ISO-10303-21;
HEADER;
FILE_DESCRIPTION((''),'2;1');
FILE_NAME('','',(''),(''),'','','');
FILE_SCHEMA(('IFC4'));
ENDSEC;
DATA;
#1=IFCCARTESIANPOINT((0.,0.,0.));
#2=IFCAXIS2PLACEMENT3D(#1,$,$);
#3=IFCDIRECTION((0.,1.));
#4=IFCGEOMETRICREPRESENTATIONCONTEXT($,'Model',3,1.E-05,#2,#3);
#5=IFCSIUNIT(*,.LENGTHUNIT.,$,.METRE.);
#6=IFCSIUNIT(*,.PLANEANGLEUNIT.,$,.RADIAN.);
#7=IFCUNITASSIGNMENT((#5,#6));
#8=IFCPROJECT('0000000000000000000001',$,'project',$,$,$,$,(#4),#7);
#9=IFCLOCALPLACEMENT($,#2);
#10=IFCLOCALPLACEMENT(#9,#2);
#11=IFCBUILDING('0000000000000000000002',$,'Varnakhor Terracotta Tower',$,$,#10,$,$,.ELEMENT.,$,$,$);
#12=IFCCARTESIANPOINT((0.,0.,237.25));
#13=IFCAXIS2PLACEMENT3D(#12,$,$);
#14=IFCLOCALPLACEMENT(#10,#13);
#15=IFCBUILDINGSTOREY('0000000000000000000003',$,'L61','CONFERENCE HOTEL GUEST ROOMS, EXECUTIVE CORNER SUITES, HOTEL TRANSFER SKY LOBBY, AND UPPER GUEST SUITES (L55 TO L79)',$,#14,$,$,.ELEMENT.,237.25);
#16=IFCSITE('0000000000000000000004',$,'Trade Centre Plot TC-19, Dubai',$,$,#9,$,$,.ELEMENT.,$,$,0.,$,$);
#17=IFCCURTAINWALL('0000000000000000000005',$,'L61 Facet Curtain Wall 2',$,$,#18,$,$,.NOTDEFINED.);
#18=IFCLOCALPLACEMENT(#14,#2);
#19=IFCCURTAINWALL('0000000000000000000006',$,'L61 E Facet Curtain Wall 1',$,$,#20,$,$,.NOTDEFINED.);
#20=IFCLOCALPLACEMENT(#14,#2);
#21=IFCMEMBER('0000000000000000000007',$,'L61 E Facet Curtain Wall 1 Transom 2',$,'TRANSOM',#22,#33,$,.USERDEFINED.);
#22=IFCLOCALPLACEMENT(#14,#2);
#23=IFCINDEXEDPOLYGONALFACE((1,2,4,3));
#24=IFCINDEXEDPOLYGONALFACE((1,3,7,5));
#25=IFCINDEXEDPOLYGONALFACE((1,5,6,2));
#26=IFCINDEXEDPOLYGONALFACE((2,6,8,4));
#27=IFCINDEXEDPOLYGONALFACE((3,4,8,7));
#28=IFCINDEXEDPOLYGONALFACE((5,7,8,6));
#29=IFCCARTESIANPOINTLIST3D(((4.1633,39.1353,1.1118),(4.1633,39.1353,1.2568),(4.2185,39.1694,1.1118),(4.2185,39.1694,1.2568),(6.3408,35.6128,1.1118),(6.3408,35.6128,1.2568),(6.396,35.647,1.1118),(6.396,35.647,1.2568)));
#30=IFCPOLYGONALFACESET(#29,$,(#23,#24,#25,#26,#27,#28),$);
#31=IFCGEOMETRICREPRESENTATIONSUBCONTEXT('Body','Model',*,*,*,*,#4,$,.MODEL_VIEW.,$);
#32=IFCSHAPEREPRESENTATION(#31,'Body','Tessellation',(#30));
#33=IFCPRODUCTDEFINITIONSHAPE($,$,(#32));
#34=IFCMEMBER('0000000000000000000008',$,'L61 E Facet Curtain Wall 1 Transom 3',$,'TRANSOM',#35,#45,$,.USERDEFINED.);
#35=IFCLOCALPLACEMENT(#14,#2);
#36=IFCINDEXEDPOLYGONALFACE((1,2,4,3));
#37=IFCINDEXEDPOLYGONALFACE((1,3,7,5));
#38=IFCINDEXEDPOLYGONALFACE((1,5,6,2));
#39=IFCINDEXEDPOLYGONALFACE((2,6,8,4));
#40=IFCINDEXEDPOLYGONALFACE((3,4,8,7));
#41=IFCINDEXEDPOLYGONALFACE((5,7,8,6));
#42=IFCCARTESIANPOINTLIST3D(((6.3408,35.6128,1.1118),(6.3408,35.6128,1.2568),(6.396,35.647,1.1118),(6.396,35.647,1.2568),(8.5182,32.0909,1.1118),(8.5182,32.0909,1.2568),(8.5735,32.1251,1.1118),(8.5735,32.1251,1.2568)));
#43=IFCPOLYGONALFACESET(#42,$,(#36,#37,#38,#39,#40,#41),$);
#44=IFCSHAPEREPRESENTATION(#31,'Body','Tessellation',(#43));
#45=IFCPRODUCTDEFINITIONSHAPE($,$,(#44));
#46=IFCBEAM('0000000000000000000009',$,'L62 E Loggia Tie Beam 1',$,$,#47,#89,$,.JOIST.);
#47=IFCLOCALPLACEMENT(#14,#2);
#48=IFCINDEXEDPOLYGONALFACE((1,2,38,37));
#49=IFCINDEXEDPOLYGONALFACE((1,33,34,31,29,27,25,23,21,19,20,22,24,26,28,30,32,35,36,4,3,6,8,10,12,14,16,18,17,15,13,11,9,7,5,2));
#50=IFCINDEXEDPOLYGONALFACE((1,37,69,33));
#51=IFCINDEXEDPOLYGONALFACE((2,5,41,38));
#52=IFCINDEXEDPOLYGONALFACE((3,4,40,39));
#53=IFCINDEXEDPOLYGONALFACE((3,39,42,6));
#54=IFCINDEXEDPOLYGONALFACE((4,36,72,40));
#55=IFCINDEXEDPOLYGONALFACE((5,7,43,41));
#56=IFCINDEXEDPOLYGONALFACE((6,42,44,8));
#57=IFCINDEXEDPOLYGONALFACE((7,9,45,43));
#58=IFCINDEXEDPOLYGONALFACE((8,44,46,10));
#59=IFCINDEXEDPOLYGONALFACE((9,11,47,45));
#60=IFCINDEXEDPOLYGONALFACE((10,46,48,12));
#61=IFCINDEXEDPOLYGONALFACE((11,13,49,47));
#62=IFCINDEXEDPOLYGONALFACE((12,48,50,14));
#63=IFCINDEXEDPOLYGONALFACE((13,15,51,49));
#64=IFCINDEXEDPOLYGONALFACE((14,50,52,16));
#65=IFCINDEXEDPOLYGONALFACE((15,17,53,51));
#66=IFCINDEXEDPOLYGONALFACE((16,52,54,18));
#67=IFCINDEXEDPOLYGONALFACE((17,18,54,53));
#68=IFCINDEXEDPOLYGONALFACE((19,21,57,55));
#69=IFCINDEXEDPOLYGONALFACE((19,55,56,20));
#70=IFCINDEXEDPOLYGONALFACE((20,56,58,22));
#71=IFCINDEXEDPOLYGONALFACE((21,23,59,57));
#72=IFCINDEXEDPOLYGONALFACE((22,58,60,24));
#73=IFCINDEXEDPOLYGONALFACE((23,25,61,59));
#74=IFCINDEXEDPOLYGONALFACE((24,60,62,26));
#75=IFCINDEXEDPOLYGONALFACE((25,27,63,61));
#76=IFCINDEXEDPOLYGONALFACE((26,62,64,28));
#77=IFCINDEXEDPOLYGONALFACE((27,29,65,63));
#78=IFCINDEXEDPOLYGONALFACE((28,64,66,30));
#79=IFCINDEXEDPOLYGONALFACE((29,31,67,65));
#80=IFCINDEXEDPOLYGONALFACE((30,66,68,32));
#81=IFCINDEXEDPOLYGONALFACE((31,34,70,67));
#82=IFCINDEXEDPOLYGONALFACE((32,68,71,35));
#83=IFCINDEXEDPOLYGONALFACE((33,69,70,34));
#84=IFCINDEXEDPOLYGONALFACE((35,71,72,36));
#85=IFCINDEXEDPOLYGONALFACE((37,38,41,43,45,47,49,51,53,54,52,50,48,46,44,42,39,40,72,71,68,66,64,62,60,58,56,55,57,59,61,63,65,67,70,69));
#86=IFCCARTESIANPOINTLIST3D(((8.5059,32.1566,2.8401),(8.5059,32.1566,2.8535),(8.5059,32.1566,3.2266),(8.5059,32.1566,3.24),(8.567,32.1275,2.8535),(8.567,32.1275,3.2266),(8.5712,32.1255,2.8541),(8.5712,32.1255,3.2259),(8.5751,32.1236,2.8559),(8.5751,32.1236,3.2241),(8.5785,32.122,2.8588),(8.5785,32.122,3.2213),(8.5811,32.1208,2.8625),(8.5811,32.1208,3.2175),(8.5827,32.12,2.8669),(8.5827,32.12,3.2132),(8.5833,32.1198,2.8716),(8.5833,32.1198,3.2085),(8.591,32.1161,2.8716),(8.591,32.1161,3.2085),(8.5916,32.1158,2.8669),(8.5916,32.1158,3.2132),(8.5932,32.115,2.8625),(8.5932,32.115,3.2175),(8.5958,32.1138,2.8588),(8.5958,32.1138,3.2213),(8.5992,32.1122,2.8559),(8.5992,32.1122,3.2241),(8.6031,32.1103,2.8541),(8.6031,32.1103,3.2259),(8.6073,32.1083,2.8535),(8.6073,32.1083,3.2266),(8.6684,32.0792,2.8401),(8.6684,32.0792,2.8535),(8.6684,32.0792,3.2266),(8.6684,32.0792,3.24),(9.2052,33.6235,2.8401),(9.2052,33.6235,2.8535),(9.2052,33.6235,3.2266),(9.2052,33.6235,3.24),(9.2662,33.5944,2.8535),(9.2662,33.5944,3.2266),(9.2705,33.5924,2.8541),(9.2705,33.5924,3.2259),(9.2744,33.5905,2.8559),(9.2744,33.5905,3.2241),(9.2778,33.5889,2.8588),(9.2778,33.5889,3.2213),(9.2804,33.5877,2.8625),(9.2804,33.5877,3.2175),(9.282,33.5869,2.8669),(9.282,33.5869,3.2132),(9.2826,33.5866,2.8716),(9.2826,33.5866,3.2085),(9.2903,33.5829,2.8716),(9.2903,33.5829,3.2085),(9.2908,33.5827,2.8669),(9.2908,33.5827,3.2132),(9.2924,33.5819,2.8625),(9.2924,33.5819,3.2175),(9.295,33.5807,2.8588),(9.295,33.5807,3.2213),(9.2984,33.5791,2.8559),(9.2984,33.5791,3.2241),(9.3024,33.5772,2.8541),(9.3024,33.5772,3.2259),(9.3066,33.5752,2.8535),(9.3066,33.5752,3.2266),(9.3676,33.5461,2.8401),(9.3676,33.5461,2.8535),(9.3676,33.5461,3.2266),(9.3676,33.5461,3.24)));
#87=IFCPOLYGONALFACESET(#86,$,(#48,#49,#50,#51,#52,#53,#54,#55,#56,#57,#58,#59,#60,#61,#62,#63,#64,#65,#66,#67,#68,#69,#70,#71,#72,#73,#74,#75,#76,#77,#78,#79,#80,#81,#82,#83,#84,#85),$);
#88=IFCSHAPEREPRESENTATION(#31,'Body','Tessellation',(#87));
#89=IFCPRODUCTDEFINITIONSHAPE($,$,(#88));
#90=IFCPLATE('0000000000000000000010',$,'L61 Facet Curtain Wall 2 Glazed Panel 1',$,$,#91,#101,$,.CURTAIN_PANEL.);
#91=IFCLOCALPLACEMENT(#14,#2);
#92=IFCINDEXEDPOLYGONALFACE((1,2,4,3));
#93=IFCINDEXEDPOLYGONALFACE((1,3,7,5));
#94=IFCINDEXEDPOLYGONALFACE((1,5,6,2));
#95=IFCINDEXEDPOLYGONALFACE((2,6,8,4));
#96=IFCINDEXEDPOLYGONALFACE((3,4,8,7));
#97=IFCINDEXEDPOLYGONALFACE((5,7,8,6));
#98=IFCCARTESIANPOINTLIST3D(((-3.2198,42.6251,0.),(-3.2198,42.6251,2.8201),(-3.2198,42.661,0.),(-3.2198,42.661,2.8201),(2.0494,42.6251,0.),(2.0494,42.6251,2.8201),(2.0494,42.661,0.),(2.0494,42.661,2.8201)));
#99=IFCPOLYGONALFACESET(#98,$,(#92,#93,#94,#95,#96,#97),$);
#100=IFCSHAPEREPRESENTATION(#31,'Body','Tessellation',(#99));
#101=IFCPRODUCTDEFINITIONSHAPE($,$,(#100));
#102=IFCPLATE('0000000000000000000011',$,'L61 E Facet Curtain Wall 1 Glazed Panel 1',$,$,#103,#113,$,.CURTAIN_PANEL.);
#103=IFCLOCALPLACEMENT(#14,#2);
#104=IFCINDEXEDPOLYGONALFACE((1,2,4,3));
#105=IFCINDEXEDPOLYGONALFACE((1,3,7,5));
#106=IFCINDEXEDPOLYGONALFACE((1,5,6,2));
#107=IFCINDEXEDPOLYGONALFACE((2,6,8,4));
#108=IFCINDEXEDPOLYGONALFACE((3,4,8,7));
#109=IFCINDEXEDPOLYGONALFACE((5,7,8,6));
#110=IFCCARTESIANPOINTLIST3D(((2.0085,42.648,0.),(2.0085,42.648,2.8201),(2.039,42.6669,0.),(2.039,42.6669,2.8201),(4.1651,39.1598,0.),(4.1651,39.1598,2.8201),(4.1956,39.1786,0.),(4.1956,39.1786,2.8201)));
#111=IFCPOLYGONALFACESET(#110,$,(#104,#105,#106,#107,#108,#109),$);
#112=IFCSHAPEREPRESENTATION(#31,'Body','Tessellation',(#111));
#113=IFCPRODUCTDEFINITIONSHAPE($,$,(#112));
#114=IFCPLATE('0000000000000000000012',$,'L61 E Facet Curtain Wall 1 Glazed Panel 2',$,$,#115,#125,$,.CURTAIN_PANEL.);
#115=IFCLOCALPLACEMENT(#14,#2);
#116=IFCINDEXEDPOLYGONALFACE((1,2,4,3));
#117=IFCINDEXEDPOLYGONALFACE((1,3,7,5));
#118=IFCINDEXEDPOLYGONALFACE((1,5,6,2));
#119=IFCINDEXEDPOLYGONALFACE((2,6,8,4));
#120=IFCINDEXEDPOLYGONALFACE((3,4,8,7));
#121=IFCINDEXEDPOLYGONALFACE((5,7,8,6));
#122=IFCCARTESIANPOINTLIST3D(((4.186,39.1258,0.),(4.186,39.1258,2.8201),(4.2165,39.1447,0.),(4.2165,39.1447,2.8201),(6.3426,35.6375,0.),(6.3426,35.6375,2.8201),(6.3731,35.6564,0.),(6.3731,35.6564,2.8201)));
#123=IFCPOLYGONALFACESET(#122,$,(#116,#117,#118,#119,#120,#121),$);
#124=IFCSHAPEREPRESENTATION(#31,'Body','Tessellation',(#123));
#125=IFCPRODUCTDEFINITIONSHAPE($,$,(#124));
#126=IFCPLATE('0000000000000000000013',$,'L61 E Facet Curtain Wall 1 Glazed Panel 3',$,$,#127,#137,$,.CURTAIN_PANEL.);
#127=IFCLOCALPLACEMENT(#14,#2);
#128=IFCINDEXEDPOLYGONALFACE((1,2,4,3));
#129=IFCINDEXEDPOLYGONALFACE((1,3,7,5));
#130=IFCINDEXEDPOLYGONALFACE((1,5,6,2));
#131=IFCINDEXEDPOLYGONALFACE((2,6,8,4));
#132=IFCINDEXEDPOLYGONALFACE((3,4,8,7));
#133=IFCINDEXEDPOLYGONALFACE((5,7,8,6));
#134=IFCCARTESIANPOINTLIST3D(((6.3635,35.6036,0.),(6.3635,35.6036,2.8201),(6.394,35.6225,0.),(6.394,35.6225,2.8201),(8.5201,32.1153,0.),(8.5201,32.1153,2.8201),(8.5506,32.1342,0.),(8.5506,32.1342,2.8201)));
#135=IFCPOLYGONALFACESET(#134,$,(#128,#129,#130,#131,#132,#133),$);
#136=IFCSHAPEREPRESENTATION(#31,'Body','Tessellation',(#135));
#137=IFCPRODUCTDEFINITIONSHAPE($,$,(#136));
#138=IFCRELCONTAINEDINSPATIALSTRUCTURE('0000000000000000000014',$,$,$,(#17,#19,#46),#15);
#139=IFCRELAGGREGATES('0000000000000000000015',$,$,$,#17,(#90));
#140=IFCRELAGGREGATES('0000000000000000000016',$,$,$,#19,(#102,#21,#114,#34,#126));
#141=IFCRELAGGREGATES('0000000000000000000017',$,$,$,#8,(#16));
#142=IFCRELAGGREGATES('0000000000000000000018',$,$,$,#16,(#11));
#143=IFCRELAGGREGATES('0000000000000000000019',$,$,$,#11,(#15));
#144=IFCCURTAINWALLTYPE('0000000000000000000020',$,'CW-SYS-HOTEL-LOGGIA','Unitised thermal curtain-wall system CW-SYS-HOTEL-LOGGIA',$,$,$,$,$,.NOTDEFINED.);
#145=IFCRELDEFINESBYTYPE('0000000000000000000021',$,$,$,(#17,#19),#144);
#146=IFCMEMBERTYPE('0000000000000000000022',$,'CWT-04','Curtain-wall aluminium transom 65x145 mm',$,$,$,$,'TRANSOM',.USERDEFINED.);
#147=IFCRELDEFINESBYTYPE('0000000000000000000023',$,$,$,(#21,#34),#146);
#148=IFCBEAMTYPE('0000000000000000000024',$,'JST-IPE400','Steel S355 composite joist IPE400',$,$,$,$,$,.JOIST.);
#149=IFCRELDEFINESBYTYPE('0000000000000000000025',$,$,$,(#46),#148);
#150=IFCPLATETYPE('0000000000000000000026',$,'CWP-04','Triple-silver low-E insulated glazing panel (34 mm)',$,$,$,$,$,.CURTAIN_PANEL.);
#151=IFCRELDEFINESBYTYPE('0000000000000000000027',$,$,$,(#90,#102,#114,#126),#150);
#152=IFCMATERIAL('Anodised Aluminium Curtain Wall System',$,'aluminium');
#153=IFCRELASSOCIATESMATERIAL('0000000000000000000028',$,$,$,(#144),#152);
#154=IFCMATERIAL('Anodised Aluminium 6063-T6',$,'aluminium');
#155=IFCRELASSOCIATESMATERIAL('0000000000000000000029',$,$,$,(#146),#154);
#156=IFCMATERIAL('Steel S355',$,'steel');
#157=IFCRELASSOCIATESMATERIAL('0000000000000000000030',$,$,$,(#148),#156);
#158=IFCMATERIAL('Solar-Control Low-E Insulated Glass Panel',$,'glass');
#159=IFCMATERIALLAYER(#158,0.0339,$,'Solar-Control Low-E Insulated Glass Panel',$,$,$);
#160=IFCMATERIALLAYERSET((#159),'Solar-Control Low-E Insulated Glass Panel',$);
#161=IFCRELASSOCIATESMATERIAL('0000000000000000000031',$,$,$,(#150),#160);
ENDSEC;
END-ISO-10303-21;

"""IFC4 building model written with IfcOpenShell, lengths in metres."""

from ifc_helpers import new_model, si_unit, direction, frame, origin, origin_2d, place, context, subcontext, project, spatial, rectangle, i_section, extrude, source, transform, mapped, material, layer, layer_set, material_profile, profile_set, type_object, element, aggregate, save


model = new_model("IFC4")

# Units and contexts
model_context = context("Model", 3, precision=1e-05, world=origin(), true_north=direction((0.0, 1.0)))
body_context = subcontext(model_context, "Body", "Model", "MODEL_VIEW")
ifc_project = project(units=[si_unit("LENGTHUNIT", "METRE"), si_unit("PLANEANGLEUNIT", "RADIAN")], contexts=[model_context])

# Site, building, storey
site_placement = place(None, origin())
site = spatial("IfcSite", under=ifc_project, at=site_placement, Name="Trade Centre Plot TC-19, Dubai", CompositionType="ELEMENT", RefElevation=0.0)
building_placement = place(site_placement, origin())
building = spatial("IfcBuilding", under=site, at=building_placement, Name="Varnakhor Terracotta Tower", CompositionType="ELEMENT")
storey_placement = place(building_placement, frame((0.0, 0.0, 237.25)))
storey = spatial("IfcBuildingStorey", under=building, at=storey_placement, Name="L61", Description="CONFERENCE HOTEL GUEST ROOMS, EXECUTIVE CORNER SUITES, HOTEL TRANSFER SKY LOBBY, AND UPPER GUEST SUITES (L55 TO L79)", CompositionType="ELEMENT", Elevation=237.25)

# Shared definitions
ifc_material_1 = material(Name="Steel S355", Category="steel")

# Curtain wall
ifc_material_2 = material(Name="Anodised Aluminium Curtain Wall System", Category="aluminium")
curtain_wall_type = type_object("IfcCurtainWallType", Name="CW-SYS-HOTEL-LOGGIA", Description="Unitised thermal curtain-wall system CW-SYS-HOTEL-LOGGIA", PredefinedType="NOTDEFINED", material=ifc_material_2)
curtain_wall_1_placement = place(storey_placement, origin())
curtain_wall_1 = element("IfcCurtainWall", 1, at=curtain_wall_1_placement, inside=storey, type_object=curtain_wall_type, Name="L61 Facet Curtain Wall 2", PredefinedType="NOTDEFINED")
ifc_material_3 = material(Name="Anodised Aluminium 6063-T6", Category="aluminium")

# Curtain wall
curtain_wall_2_placement = place(storey_placement, origin())
curtain_wall_2 = element("IfcCurtainWall", 2, at=curtain_wall_2_placement, inside=storey, type_object=curtain_wall_type, Name="L61 E Facet Curtain Wall 1", PredefinedType="NOTDEFINED")

# Members
ifc_material_profile_1 = material_profile(ifc_material_3, rectangle(XDim=0.0649, YDim=0.145, at=origin_2d()), Name="ALU TRANSOM 65x145")
ifc_profile_set_1 = profile_set([ifc_material_profile_1], Name="Anodised Aluminium 6063-T6")
member_type_1 = type_object("IfcMemberType", Name="CWT-04", Description="Curtain-wall aluminium transom 65x145 mm", ElementType="TRANSOM", PredefinedType="USERDEFINED", material=ifc_profile_set_1)
shared_shape_1 = source(origin(), body_context, "Body", "SweptSolid", [
    extrude(rectangle(XDim=0.0649, YDim=0.145, at=origin_2d()), origin(), (0.0, 0.0, 1.0), 4.1411),
])
member_1_placement = place(storey_placement, frame((4.1909, 39.1523, 1.1843), z_axis=(0.525817, -0.850598, 0.0), x_axis=(0.850598, 0.525817, 0.0)))
member_1 = element("IfcMember", 3, at=member_1_placement, type_object=member_type_1, Name="L61 E Facet Curtain Wall 1 Transom 2", ObjectType="TRANSOM", PredefinedType="USERDEFINED", context=body_context, shape_type="MappedRepresentation", body=[
    mapped(shared_shape_1, transform((0.0, 0.0, 0.0), scale=1.0)),
])
shared_shape_2 = source(origin(), body_context, "Body", "SweptSolid", [
    extrude(rectangle(XDim=0.0649, YDim=0.145, at=origin_2d()), origin(), (0.0, 0.0, 1.0), 4.1406),
])
member_2_placement = place(storey_placement, frame((6.3684, 35.6299, 1.1843), z_axis=(0.525869, -0.850565, 0.0), x_axis=(0.850565, 0.525869, 0.0)))
member_2 = element("IfcMember", 4, at=member_2_placement, type_object=member_type_1, Name="L61 E Facet Curtain Wall 1 Transom 3", ObjectType="TRANSOM", PredefinedType="USERDEFINED", context=body_context, shape_type="MappedRepresentation", body=[
    mapped(shared_shape_2, transform((0.0, 0.0, 0.0), scale=1.0)),
])

# Beam
ifc_material_profile_2 = material_profile(ifc_material_1, i_section(OverallWidth=0.1799, OverallDepth=0.3999, WebThickness=0.0085, FlangeThickness=0.0134, FilletRadius=0.0181, at=origin_2d()), Name="IPE400")
ifc_profile_set_2 = profile_set([ifc_material_profile_2], Name="Steel S355")
beam_type_1 = type_object("IfcBeamType", Name="JST-IPE400", Description="Steel S355 composite joist IPE400", PredefinedType="JOIST", material=ifc_profile_set_2)
shared_shape_3 = source(origin(), body_context, "Body", "SweptSolid", [
    extrude(i_section(OverallWidth=0.1799, OverallDepth=0.3999, WebThickness=0.0085, FlangeThickness=0.0134, FilletRadius=0.0181, at=origin_2d()), origin(), (0.0, 0.0, 1.0), 1.625),
])
beam_1_placement = place(storey_placement, frame((8.5872, 32.1179, 3.04), z_axis=(0.430307, 0.902683, 0.0), x_axis=(-0.902683, 0.430307, 0.0)))
element("IfcBeam", 5, at=beam_1_placement, inside=storey, type_object=beam_type_1, Name="L62 E Loggia Tie Beam 1", PredefinedType="JOIST", context=body_context, shape_type="MappedRepresentation", body=[
    mapped(shared_shape_3, transform((0.0, 0.0, 0.0), scale=1.0)),
])

# Plates
ifc_material_4 = material(Name="Solar-Control Low-E Insulated Glass Panel", Category="glass")
ifc_layer_1 = layer(ifc_material_4, 0.0339, Name="Solar-Control Low-E Insulated Glass Panel")
ifc_layer_set_1 = layer_set([ifc_layer_1], Name="Solar-Control Low-E Insulated Glass Panel")
plate_type = type_object("IfcPlateType", Name="CWP-04", Description="Triple-silver low-E insulated glazing panel (34 mm)", PredefinedType="CURTAIN_PANEL", material=ifc_layer_set_1)
shared_shape_4 = source(origin(), body_context, "Body", "SweptSolid", [
    extrude(rectangle(XDim=5.2693, YDim=0.0359, at=origin_2d()), origin(), (0.0, 0.0, 1.0), 2.8201),
])
plate_1_placement = place(storey_placement, frame((-0.5852, 42.6431, 0.0), z_axis=(0.0, 0.0, 1.0), x_axis=(1.0, 0.0, 0.0)))
plate_1 = element("IfcPlate", 6, at=plate_1_placement, type_object=plate_type, Name="L61 Facet Curtain Wall 2 Glazed Panel 1", PredefinedType="CURTAIN_PANEL", context=body_context, shape_type="MappedRepresentation", body=[
    mapped(shared_shape_4, transform((0.0, 0.0, 0.0), scale=1.0)),
])
aggregate(curtain_wall_1, [plate_1])
shared_shape_5 = source(origin(), body_context, "Body", "SweptSolid", [
    extrude(rectangle(XDim=4.1011, YDim=0.0359, at=origin_2d()), origin(), (0.0, 0.0, 1.0), 2.8201),
])
plate_2_placement = place(storey_placement, frame((3.1021, 40.9133, 0.0), z_axis=(0.0, 0.0, 1.0), x_axis=(0.525858, -0.850573, 0.0)))
plate_2 = element("IfcPlate", 7, at=plate_2_placement, type_object=plate_type, Name="L61 E Facet Curtain Wall 1 Glazed Panel 1", PredefinedType="CURTAIN_PANEL", context=body_context, shape_type="MappedRepresentation", body=[
    mapped(shared_shape_5, transform((0.0, 0.0, 0.0), scale=1.0)),
])
plate_3_placement = place(storey_placement, frame((5.2795, 37.3911, 0.0), z_axis=(0.0, 0.0, 1.0), x_axis=(0.525858, -0.850573, 0.0)))
plate_3 = element("IfcPlate", 8, at=plate_3_placement, type_object=plate_type, Name="L61 E Facet Curtain Wall 1 Glazed Panel 2", PredefinedType="CURTAIN_PANEL", context=body_context, shape_type="MappedRepresentation", body=[
    mapped(shared_shape_5, transform((0.0, 0.0, 0.0), scale=1.0)),
])
plate_4_placement = place(storey_placement, frame((7.457, 33.8689, 0.0), z_axis=(0.0, 0.0, 1.0), x_axis=(0.525858, -0.850573, 0.0)))
plate_4 = element("IfcPlate", 9, at=plate_4_placement, type_object=plate_type, Name="L61 E Facet Curtain Wall 1 Glazed Panel 3", PredefinedType="CURTAIN_PANEL", context=body_context, shape_type="MappedRepresentation", body=[
    mapped(shared_shape_5, transform((0.0, 0.0, 0.0), scale=1.0)),
])
aggregate(curtain_wall_2, [plate_2, member_1, plate_3, member_2, plate_4])

save(model, "model.ifc")
